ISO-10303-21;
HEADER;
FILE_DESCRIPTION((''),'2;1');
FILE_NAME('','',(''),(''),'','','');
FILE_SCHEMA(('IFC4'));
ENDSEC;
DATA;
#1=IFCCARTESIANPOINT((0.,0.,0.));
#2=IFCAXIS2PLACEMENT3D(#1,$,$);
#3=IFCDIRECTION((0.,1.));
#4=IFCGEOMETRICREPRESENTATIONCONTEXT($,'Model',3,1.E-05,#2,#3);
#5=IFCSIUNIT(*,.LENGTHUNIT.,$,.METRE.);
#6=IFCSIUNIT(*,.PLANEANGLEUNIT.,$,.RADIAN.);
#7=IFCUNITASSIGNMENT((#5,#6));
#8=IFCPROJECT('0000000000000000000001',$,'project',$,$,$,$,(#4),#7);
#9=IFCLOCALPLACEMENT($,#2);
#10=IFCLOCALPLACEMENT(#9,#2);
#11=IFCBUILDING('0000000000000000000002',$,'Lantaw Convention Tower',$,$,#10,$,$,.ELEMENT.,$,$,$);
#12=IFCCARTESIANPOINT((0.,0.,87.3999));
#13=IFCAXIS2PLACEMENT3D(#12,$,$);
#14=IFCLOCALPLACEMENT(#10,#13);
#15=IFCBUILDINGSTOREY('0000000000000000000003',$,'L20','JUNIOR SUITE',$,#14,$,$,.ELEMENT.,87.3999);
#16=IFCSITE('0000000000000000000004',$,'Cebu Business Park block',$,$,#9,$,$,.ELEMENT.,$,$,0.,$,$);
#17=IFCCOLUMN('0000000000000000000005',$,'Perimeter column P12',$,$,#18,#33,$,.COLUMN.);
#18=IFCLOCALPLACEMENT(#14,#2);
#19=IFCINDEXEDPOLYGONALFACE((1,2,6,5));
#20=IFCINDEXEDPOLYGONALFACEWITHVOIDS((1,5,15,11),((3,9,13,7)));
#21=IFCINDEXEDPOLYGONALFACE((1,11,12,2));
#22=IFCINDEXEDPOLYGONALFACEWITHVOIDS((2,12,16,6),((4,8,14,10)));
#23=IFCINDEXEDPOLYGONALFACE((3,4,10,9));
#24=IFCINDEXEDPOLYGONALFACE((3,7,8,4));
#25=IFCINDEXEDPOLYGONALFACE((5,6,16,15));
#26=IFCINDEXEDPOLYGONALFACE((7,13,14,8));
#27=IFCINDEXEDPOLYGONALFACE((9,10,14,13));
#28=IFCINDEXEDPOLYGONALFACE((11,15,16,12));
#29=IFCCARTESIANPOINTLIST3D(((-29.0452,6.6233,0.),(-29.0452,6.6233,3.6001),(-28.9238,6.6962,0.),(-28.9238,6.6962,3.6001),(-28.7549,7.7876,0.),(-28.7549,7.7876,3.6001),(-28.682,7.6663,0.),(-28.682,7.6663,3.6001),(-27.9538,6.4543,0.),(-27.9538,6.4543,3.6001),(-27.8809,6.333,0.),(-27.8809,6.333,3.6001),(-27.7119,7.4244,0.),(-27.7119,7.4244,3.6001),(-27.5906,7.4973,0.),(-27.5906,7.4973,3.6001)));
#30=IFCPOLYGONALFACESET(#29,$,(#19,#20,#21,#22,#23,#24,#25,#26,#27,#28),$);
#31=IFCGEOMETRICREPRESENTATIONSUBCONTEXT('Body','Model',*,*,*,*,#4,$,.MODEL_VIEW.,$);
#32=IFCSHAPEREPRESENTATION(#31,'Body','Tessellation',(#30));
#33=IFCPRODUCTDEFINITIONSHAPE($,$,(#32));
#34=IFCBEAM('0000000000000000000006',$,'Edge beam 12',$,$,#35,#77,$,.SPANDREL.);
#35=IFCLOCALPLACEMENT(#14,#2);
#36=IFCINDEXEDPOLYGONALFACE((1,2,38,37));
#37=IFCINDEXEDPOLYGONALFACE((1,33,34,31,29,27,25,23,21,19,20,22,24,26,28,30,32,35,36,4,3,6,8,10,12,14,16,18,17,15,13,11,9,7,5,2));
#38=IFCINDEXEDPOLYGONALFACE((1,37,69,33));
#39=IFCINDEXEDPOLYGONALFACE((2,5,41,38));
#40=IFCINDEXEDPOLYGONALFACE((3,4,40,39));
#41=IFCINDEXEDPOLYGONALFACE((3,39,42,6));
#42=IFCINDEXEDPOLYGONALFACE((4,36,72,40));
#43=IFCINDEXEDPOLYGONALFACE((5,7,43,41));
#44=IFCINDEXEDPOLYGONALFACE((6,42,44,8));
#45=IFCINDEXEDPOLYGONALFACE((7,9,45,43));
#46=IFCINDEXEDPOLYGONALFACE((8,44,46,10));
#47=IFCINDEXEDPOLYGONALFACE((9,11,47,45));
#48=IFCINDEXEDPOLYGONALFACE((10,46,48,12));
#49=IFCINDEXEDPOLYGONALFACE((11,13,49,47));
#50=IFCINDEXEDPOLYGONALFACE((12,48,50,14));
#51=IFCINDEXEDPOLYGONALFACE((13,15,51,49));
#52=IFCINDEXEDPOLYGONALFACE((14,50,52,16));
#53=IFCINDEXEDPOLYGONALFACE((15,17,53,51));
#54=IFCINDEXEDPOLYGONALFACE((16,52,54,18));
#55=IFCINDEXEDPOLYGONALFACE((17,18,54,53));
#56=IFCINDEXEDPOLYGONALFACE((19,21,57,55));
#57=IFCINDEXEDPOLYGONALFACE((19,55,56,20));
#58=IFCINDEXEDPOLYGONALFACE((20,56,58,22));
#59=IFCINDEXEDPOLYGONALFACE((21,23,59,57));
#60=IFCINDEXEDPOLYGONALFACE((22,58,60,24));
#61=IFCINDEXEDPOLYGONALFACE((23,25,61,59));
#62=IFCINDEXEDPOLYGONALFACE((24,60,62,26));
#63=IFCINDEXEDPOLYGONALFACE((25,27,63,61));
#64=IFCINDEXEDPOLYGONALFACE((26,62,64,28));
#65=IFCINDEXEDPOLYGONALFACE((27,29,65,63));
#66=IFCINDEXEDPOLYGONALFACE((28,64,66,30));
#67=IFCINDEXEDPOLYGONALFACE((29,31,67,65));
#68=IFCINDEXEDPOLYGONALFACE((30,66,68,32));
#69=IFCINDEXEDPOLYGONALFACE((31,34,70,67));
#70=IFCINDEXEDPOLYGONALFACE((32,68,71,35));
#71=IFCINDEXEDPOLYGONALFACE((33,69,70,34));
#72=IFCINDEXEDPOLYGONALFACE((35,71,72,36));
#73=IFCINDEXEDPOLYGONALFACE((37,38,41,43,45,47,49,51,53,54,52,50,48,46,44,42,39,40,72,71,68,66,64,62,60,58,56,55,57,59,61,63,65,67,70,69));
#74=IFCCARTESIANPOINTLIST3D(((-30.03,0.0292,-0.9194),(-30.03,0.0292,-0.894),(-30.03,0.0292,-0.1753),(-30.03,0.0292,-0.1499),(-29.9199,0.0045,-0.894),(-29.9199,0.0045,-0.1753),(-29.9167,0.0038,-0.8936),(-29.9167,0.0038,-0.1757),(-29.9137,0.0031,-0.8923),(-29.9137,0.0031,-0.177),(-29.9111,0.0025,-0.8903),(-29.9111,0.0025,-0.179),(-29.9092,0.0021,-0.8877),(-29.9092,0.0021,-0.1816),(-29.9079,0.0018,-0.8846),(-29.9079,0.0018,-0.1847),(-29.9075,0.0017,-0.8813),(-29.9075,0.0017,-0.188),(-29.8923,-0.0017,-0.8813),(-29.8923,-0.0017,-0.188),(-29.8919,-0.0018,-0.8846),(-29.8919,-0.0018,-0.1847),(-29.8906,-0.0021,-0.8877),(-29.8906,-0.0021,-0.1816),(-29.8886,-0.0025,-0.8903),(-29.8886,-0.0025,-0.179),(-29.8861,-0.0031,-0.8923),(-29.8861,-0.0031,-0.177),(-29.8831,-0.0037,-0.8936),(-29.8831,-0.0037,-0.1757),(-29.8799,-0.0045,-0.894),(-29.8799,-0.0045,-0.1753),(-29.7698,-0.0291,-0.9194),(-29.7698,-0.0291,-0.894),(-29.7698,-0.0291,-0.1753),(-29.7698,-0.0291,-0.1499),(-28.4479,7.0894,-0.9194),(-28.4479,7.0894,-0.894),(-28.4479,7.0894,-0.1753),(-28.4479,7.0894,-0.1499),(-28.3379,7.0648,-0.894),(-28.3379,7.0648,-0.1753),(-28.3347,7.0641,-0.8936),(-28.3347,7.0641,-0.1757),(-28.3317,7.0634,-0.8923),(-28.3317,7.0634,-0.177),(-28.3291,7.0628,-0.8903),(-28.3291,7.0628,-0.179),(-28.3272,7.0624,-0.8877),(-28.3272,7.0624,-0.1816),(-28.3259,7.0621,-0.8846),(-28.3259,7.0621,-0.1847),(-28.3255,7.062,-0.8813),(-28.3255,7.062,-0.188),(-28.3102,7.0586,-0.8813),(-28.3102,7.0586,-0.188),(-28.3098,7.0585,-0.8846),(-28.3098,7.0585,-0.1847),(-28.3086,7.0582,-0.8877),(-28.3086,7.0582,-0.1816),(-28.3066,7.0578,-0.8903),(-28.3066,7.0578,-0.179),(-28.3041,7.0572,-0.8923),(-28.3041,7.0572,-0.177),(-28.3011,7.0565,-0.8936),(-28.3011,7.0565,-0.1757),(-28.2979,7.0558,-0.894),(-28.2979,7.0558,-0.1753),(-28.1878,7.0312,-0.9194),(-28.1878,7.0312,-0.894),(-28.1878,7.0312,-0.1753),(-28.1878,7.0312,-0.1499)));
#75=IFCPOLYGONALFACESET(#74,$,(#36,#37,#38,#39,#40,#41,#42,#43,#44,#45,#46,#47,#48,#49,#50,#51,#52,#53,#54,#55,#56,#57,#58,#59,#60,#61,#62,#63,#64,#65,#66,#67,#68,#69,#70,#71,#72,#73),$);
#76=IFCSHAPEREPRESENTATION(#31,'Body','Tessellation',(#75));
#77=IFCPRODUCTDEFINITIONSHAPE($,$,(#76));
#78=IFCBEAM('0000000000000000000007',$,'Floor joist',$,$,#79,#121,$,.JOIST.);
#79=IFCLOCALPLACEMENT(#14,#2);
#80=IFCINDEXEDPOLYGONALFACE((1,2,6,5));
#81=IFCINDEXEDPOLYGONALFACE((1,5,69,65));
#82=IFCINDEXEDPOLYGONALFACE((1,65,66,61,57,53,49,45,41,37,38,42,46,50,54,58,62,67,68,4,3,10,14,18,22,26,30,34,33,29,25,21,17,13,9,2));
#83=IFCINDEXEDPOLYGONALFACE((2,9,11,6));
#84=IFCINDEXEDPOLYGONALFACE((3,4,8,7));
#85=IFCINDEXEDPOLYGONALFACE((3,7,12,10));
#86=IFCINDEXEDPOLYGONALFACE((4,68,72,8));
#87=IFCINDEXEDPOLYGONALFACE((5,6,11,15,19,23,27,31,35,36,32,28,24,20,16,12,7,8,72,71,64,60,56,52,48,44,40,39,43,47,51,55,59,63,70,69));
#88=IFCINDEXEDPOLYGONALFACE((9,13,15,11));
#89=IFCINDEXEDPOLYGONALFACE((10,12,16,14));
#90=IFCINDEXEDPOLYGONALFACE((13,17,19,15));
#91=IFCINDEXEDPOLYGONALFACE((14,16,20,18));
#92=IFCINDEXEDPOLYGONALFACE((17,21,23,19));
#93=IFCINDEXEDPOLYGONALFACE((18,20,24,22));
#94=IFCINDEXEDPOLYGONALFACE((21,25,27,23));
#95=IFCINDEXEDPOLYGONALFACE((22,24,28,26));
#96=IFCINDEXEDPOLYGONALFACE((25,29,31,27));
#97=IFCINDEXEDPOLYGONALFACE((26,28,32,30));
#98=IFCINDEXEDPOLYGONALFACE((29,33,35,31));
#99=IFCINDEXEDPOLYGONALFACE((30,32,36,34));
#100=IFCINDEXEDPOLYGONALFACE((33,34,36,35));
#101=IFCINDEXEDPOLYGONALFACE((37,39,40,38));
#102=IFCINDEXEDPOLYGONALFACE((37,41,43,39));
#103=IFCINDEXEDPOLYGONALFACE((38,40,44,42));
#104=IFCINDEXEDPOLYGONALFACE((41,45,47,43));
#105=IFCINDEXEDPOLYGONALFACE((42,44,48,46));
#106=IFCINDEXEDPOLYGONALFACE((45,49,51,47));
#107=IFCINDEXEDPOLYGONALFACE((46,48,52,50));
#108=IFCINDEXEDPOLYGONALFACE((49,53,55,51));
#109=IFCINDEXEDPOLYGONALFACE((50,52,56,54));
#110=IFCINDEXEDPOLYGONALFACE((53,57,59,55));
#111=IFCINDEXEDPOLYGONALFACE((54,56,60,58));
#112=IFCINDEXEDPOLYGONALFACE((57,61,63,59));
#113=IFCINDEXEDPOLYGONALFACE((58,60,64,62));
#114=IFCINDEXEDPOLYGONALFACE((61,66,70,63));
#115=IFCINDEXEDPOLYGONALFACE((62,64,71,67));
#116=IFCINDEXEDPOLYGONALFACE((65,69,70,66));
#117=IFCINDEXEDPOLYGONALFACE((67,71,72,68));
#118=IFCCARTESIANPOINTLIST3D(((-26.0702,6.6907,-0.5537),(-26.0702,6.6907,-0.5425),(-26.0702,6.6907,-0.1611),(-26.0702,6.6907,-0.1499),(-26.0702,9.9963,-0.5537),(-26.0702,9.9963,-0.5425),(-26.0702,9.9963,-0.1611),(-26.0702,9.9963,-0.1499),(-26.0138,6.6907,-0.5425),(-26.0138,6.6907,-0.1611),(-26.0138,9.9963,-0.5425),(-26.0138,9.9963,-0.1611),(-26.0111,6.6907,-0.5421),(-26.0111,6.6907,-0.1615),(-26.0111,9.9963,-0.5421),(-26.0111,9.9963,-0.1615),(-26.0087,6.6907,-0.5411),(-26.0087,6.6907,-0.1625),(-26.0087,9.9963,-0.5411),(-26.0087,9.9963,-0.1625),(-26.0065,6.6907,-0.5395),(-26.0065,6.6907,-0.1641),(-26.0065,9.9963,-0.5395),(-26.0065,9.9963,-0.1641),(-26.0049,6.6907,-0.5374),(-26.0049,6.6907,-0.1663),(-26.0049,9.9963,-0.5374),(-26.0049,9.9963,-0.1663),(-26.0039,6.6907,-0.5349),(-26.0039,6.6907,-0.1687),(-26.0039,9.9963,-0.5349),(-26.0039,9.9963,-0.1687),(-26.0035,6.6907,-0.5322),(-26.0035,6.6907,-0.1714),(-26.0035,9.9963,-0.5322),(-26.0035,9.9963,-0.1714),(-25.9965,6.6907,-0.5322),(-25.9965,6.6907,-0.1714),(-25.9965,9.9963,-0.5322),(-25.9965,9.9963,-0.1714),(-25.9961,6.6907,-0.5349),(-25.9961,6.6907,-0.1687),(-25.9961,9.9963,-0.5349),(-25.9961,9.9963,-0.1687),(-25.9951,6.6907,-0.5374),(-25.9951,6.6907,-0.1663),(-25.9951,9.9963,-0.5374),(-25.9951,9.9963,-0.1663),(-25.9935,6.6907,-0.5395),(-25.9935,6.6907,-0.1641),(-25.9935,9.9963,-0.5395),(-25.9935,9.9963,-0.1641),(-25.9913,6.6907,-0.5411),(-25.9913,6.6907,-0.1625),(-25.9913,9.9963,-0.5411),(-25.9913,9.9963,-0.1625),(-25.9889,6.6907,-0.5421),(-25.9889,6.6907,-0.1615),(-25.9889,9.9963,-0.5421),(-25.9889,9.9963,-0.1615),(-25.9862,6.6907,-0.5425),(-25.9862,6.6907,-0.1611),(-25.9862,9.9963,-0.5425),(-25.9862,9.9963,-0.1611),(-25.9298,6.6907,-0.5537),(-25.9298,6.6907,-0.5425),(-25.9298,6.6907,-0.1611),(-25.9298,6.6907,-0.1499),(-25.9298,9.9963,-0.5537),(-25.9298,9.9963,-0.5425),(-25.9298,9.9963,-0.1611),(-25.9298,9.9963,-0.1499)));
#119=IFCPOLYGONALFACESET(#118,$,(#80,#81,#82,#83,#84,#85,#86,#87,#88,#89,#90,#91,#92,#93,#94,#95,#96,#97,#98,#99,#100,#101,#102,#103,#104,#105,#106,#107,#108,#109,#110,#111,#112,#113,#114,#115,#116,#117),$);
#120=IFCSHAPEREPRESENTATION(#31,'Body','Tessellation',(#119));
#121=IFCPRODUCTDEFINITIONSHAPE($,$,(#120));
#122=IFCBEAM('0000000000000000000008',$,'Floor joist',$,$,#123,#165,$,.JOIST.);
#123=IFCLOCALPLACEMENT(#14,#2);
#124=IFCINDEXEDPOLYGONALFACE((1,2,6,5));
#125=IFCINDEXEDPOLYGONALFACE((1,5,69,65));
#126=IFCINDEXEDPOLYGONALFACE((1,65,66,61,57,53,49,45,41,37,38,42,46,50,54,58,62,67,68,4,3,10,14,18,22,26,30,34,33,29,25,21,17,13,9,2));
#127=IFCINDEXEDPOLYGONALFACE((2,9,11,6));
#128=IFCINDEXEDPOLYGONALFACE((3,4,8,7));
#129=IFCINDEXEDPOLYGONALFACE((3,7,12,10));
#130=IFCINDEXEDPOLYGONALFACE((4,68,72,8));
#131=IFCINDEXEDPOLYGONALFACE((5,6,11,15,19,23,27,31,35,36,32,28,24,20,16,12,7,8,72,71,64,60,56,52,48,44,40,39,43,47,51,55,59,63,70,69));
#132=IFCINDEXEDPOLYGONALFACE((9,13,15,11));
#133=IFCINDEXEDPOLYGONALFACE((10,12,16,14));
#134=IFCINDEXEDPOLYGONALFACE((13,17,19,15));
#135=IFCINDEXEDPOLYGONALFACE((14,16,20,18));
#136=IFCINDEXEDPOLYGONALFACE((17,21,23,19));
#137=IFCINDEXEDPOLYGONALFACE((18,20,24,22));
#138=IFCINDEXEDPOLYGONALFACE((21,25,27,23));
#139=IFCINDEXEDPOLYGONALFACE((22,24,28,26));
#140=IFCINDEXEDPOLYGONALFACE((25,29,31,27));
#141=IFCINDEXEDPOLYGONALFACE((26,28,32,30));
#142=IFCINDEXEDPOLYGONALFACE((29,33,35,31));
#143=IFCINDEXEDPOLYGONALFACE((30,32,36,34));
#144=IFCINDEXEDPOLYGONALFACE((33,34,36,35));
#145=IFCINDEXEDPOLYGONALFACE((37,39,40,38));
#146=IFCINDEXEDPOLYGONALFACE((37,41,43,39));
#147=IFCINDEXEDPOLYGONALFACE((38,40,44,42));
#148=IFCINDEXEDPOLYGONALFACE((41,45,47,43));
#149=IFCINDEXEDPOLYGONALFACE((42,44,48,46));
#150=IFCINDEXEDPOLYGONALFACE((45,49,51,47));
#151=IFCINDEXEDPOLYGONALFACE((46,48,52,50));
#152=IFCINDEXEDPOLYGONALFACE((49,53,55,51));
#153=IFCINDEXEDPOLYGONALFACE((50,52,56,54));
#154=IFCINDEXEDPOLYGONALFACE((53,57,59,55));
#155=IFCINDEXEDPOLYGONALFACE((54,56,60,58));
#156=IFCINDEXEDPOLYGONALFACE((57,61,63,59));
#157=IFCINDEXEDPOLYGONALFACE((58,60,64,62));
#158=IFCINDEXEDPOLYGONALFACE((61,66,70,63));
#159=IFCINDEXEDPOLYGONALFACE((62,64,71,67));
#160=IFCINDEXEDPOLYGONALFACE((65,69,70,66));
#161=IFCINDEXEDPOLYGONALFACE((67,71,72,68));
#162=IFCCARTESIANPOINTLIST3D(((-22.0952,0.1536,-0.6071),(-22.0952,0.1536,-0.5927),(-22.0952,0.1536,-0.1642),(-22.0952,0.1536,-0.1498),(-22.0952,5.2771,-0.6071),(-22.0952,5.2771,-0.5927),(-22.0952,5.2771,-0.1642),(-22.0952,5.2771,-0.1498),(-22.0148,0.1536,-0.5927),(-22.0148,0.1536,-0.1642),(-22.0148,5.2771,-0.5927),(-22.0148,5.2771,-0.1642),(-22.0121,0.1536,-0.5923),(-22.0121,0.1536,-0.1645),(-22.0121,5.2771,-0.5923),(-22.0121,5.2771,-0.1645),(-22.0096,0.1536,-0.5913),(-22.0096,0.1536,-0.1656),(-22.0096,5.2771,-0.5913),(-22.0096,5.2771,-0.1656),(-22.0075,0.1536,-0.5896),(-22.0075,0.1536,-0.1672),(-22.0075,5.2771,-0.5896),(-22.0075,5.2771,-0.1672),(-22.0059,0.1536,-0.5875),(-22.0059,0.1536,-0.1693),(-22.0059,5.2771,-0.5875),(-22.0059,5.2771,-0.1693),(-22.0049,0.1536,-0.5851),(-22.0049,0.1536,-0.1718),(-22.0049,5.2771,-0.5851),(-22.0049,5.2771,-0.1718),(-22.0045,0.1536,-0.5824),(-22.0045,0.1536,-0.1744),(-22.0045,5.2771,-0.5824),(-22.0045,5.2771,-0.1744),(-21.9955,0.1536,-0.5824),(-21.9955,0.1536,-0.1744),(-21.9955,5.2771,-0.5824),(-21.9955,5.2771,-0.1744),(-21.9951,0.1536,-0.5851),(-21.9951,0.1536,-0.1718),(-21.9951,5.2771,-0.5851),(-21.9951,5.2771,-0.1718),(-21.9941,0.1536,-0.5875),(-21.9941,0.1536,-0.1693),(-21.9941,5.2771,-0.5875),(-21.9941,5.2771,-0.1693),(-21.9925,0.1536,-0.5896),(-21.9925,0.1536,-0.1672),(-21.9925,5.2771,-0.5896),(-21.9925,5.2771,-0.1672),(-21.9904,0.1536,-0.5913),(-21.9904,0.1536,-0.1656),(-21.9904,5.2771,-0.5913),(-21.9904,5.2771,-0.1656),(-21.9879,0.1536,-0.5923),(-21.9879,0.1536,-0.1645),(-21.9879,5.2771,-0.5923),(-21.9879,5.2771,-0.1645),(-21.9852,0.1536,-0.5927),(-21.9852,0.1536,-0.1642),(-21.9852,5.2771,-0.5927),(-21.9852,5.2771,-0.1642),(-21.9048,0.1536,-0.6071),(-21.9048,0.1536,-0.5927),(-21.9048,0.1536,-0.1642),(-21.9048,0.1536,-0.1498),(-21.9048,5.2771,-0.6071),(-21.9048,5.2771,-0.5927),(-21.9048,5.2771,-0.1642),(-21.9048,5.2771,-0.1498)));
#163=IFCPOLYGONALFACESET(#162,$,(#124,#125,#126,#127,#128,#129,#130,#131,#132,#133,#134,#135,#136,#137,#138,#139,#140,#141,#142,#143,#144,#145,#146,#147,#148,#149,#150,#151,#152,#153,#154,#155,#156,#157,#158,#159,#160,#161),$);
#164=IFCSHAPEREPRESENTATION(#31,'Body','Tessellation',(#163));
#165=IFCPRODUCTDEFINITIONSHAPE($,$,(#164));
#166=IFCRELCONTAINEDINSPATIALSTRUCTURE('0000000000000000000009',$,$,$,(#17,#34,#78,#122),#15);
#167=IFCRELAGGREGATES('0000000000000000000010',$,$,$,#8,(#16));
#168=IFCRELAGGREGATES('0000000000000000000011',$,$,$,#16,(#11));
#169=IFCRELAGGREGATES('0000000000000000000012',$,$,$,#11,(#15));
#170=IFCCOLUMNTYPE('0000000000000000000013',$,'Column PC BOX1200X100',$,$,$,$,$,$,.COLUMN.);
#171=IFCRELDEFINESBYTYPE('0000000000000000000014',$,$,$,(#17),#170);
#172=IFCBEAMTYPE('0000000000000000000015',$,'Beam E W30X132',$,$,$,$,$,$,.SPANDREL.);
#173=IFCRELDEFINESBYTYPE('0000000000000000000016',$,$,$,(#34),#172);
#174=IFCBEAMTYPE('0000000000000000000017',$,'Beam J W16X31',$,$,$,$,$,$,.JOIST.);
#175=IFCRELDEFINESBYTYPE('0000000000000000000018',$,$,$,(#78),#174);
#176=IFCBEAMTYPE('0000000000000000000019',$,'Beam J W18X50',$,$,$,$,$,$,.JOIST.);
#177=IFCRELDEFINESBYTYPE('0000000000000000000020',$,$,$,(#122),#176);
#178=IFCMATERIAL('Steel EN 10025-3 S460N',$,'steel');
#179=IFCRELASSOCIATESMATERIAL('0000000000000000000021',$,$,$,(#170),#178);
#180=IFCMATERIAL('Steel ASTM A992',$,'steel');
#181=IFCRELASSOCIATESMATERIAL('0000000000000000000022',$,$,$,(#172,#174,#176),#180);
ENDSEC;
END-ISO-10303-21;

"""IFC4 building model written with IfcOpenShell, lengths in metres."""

from ifc_helpers import new_model, si_unit, direction, frame, origin, origin_2d, place, context, subcontext, project, spatial, rectangle, hollow_rectangle, i_section, extrude, material, material_profile, profile_set, type_object, element, save


model = new_model("IFC4")

# Units and contexts
model_context = context("Model", 3, precision=1e-05, world=origin(), true_north=direction((0.0, 1.0)))
body_context = subcontext(model_context, "Body", "Model", "MODEL_VIEW")
ifc_project = project(units=[si_unit("LENGTHUNIT", "METRE"), si_unit("PLANEANGLEUNIT", "RADIAN")], contexts=[model_context])

# Site, building, storey
site_placement = place(None, origin())
site = spatial("IfcSite", under=ifc_project, at=site_placement, Name="Cebu Business Park block", CompositionType="ELEMENT", RefElevation=0.0)
building_placement = place(site_placement, origin())
building = spatial("IfcBuilding", under=site, at=building_placement, Name="Lantaw Convention Tower", CompositionType="ELEMENT")
storey_placement = place(building_placement, frame((0.0, 0.0, 87.3999)))
storey = spatial("IfcBuildingStorey", under=building, at=storey_placement, Name="L20", Description="JUNIOR SUITE", CompositionType="ELEMENT", Elevation=87.3999)

# Column
ifc_material_1 = material(Name="Steel EN 10025-3 S460N", Category="steel")
ifc_material_profile_1 = material_profile(ifc_material_1, hollow_rectangle(XDim=1.2, YDim=1.2, WallThickness=0.1001, at=origin_2d()), Name="BOX1200X100")
ifc_material_2 = material(Name="Concrete C60/75", Category="concrete")
ifc_material_profile_2 = material_profile(ifc_material_2, rectangle(XDim=1.0, YDim=1.0, at=origin_2d()), Name="Concrete fill of BOX1200X100")
ifc_profile_set_1 = profile_set([ifc_material_profile_1, ifc_material_profile_2], Name="Steel EN 10025-3 S460N")
column_type = type_object("IfcColumnType", Name="Column PC BOX1200X100", PredefinedType="COLUMN", material=ifc_profile_set_1)
column_placement = place(storey_placement, frame((-28.3179, 7.0603, 0.0), z_axis=(0.0, 0.0, 1.0), x_axis=(0.241922, 0.970296, 0.0)))
element("IfcColumn", 1, at=column_placement, inside=storey, type_object=column_type, Name="Perimeter column P12", PredefinedType="COLUMN", context=body_context, shape_type="SweptSolid", body=[
    extrude(hollow_rectangle(XDim=1.2, YDim=1.2, WallThickness=0.1001, at=origin_2d()), origin(), (0.0, 0.0, 1.0), 3.6001),
])

# Beams
ifc_material_3 = material(Name="Steel ASTM A992", Category="steel")
ifc_material_profile_3 = material_profile(ifc_material_3, i_section(OverallWidth=0.2666, OverallDepth=0.7695, WebThickness=0.0156, FlangeThickness=0.0254, FilletRadius=0.0127, at=origin_2d()), Name="W30X132")
ifc_profile_set_2 = profile_set([ifc_material_profile_3], Name="Steel ASTM A992")
beam_type_1 = type_object("IfcBeamType", Name="Beam E W30X132", PredefinedType="SPANDREL", material=ifc_profile_set_2)
beam_1_placement = place(storey_placement, frame((-28.3179, 7.0603, -0.5347), z_axis=(-0.218652, -0.975803, 0.0), x_axis=(0.975803, -0.218652, 0.0)))
element("IfcBeam", 2, at=beam_1_placement, inside=storey, type_object=beam_type_1, Name="Edge beam 12", PredefinedType="SPANDREL", context=body_context, shape_type="SweptSolid", body=[
    extrude(i_section(OverallWidth=0.2666, OverallDepth=0.7695, WebThickness=0.0156, FlangeThickness=0.0254, FilletRadius=0.0127, at=origin_2d()), origin(), (0.0, 0.0, 1.0), 7.2354),
])
ifc_material_profile_4 = material_profile(ifc_material_3, i_section(OverallWidth=0.1404, OverallDepth=0.4038, WebThickness=0.0071, FlangeThickness=0.0112, FilletRadius=0.0103, at=origin_2d()), Name="W16X31")
ifc_profile_set_3 = profile_set([ifc_material_profile_4], Name="Steel ASTM A992")
beam_type_2 = type_object("IfcBeamType", Name="Beam J W16X31", PredefinedType="JOIST", material=ifc_profile_set_3)
beam_2_placement = place(storey_placement, frame((-26.0, 6.6907, -0.3518), z_axis=(0.0, 1.0, 0.0), x_axis=(-1.0, 0.0, 0.0)))
element("IfcBeam", 3, at=beam_2_placement, inside=storey, type_object=beam_type_2, Name="Floor joist", PredefinedType="JOIST", context=body_context, shape_type="SweptSolid", body=[
    extrude(i_section(OverallWidth=0.1404, OverallDepth=0.4038, WebThickness=0.0071, FlangeThickness=0.0112, FilletRadius=0.0103, at=origin_2d()), origin(), (0.0, 0.0, 1.0), 3.3057),
])
ifc_material_profile_5 = material_profile(ifc_material_3, i_section(OverallWidth=0.1904, OverallDepth=0.4573, WebThickness=0.009, FlangeThickness=0.0144, FilletRadius=0.0103, at=origin_2d()), Name="W18X50")
ifc_profile_set_4 = profile_set([ifc_material_profile_5], Name="Steel ASTM A992")
beam_type_3 = type_object("IfcBeamType", Name="Beam J W18X50", PredefinedType="JOIST", material=ifc_profile_set_4)
beam_3_placement = place(storey_placement, frame((-22.0, 0.1536, -0.3784), z_axis=(0.0, 1.0, 0.0), x_axis=(-1.0, 0.0, 0.0)))
element("IfcBeam", 4, at=beam_3_placement, inside=storey, type_object=beam_type_3, Name="Floor joist", PredefinedType="JOIST", context=body_context, shape_type="SweptSolid", body=[
    extrude(i_section(OverallWidth=0.1904, OverallDepth=0.4573, WebThickness=0.009, FlangeThickness=0.0144, FilletRadius=0.0103, at=origin_2d()), origin(), (0.0, 0.0, 1.0), 5.1235),
])

save(model, "model.ifc")
